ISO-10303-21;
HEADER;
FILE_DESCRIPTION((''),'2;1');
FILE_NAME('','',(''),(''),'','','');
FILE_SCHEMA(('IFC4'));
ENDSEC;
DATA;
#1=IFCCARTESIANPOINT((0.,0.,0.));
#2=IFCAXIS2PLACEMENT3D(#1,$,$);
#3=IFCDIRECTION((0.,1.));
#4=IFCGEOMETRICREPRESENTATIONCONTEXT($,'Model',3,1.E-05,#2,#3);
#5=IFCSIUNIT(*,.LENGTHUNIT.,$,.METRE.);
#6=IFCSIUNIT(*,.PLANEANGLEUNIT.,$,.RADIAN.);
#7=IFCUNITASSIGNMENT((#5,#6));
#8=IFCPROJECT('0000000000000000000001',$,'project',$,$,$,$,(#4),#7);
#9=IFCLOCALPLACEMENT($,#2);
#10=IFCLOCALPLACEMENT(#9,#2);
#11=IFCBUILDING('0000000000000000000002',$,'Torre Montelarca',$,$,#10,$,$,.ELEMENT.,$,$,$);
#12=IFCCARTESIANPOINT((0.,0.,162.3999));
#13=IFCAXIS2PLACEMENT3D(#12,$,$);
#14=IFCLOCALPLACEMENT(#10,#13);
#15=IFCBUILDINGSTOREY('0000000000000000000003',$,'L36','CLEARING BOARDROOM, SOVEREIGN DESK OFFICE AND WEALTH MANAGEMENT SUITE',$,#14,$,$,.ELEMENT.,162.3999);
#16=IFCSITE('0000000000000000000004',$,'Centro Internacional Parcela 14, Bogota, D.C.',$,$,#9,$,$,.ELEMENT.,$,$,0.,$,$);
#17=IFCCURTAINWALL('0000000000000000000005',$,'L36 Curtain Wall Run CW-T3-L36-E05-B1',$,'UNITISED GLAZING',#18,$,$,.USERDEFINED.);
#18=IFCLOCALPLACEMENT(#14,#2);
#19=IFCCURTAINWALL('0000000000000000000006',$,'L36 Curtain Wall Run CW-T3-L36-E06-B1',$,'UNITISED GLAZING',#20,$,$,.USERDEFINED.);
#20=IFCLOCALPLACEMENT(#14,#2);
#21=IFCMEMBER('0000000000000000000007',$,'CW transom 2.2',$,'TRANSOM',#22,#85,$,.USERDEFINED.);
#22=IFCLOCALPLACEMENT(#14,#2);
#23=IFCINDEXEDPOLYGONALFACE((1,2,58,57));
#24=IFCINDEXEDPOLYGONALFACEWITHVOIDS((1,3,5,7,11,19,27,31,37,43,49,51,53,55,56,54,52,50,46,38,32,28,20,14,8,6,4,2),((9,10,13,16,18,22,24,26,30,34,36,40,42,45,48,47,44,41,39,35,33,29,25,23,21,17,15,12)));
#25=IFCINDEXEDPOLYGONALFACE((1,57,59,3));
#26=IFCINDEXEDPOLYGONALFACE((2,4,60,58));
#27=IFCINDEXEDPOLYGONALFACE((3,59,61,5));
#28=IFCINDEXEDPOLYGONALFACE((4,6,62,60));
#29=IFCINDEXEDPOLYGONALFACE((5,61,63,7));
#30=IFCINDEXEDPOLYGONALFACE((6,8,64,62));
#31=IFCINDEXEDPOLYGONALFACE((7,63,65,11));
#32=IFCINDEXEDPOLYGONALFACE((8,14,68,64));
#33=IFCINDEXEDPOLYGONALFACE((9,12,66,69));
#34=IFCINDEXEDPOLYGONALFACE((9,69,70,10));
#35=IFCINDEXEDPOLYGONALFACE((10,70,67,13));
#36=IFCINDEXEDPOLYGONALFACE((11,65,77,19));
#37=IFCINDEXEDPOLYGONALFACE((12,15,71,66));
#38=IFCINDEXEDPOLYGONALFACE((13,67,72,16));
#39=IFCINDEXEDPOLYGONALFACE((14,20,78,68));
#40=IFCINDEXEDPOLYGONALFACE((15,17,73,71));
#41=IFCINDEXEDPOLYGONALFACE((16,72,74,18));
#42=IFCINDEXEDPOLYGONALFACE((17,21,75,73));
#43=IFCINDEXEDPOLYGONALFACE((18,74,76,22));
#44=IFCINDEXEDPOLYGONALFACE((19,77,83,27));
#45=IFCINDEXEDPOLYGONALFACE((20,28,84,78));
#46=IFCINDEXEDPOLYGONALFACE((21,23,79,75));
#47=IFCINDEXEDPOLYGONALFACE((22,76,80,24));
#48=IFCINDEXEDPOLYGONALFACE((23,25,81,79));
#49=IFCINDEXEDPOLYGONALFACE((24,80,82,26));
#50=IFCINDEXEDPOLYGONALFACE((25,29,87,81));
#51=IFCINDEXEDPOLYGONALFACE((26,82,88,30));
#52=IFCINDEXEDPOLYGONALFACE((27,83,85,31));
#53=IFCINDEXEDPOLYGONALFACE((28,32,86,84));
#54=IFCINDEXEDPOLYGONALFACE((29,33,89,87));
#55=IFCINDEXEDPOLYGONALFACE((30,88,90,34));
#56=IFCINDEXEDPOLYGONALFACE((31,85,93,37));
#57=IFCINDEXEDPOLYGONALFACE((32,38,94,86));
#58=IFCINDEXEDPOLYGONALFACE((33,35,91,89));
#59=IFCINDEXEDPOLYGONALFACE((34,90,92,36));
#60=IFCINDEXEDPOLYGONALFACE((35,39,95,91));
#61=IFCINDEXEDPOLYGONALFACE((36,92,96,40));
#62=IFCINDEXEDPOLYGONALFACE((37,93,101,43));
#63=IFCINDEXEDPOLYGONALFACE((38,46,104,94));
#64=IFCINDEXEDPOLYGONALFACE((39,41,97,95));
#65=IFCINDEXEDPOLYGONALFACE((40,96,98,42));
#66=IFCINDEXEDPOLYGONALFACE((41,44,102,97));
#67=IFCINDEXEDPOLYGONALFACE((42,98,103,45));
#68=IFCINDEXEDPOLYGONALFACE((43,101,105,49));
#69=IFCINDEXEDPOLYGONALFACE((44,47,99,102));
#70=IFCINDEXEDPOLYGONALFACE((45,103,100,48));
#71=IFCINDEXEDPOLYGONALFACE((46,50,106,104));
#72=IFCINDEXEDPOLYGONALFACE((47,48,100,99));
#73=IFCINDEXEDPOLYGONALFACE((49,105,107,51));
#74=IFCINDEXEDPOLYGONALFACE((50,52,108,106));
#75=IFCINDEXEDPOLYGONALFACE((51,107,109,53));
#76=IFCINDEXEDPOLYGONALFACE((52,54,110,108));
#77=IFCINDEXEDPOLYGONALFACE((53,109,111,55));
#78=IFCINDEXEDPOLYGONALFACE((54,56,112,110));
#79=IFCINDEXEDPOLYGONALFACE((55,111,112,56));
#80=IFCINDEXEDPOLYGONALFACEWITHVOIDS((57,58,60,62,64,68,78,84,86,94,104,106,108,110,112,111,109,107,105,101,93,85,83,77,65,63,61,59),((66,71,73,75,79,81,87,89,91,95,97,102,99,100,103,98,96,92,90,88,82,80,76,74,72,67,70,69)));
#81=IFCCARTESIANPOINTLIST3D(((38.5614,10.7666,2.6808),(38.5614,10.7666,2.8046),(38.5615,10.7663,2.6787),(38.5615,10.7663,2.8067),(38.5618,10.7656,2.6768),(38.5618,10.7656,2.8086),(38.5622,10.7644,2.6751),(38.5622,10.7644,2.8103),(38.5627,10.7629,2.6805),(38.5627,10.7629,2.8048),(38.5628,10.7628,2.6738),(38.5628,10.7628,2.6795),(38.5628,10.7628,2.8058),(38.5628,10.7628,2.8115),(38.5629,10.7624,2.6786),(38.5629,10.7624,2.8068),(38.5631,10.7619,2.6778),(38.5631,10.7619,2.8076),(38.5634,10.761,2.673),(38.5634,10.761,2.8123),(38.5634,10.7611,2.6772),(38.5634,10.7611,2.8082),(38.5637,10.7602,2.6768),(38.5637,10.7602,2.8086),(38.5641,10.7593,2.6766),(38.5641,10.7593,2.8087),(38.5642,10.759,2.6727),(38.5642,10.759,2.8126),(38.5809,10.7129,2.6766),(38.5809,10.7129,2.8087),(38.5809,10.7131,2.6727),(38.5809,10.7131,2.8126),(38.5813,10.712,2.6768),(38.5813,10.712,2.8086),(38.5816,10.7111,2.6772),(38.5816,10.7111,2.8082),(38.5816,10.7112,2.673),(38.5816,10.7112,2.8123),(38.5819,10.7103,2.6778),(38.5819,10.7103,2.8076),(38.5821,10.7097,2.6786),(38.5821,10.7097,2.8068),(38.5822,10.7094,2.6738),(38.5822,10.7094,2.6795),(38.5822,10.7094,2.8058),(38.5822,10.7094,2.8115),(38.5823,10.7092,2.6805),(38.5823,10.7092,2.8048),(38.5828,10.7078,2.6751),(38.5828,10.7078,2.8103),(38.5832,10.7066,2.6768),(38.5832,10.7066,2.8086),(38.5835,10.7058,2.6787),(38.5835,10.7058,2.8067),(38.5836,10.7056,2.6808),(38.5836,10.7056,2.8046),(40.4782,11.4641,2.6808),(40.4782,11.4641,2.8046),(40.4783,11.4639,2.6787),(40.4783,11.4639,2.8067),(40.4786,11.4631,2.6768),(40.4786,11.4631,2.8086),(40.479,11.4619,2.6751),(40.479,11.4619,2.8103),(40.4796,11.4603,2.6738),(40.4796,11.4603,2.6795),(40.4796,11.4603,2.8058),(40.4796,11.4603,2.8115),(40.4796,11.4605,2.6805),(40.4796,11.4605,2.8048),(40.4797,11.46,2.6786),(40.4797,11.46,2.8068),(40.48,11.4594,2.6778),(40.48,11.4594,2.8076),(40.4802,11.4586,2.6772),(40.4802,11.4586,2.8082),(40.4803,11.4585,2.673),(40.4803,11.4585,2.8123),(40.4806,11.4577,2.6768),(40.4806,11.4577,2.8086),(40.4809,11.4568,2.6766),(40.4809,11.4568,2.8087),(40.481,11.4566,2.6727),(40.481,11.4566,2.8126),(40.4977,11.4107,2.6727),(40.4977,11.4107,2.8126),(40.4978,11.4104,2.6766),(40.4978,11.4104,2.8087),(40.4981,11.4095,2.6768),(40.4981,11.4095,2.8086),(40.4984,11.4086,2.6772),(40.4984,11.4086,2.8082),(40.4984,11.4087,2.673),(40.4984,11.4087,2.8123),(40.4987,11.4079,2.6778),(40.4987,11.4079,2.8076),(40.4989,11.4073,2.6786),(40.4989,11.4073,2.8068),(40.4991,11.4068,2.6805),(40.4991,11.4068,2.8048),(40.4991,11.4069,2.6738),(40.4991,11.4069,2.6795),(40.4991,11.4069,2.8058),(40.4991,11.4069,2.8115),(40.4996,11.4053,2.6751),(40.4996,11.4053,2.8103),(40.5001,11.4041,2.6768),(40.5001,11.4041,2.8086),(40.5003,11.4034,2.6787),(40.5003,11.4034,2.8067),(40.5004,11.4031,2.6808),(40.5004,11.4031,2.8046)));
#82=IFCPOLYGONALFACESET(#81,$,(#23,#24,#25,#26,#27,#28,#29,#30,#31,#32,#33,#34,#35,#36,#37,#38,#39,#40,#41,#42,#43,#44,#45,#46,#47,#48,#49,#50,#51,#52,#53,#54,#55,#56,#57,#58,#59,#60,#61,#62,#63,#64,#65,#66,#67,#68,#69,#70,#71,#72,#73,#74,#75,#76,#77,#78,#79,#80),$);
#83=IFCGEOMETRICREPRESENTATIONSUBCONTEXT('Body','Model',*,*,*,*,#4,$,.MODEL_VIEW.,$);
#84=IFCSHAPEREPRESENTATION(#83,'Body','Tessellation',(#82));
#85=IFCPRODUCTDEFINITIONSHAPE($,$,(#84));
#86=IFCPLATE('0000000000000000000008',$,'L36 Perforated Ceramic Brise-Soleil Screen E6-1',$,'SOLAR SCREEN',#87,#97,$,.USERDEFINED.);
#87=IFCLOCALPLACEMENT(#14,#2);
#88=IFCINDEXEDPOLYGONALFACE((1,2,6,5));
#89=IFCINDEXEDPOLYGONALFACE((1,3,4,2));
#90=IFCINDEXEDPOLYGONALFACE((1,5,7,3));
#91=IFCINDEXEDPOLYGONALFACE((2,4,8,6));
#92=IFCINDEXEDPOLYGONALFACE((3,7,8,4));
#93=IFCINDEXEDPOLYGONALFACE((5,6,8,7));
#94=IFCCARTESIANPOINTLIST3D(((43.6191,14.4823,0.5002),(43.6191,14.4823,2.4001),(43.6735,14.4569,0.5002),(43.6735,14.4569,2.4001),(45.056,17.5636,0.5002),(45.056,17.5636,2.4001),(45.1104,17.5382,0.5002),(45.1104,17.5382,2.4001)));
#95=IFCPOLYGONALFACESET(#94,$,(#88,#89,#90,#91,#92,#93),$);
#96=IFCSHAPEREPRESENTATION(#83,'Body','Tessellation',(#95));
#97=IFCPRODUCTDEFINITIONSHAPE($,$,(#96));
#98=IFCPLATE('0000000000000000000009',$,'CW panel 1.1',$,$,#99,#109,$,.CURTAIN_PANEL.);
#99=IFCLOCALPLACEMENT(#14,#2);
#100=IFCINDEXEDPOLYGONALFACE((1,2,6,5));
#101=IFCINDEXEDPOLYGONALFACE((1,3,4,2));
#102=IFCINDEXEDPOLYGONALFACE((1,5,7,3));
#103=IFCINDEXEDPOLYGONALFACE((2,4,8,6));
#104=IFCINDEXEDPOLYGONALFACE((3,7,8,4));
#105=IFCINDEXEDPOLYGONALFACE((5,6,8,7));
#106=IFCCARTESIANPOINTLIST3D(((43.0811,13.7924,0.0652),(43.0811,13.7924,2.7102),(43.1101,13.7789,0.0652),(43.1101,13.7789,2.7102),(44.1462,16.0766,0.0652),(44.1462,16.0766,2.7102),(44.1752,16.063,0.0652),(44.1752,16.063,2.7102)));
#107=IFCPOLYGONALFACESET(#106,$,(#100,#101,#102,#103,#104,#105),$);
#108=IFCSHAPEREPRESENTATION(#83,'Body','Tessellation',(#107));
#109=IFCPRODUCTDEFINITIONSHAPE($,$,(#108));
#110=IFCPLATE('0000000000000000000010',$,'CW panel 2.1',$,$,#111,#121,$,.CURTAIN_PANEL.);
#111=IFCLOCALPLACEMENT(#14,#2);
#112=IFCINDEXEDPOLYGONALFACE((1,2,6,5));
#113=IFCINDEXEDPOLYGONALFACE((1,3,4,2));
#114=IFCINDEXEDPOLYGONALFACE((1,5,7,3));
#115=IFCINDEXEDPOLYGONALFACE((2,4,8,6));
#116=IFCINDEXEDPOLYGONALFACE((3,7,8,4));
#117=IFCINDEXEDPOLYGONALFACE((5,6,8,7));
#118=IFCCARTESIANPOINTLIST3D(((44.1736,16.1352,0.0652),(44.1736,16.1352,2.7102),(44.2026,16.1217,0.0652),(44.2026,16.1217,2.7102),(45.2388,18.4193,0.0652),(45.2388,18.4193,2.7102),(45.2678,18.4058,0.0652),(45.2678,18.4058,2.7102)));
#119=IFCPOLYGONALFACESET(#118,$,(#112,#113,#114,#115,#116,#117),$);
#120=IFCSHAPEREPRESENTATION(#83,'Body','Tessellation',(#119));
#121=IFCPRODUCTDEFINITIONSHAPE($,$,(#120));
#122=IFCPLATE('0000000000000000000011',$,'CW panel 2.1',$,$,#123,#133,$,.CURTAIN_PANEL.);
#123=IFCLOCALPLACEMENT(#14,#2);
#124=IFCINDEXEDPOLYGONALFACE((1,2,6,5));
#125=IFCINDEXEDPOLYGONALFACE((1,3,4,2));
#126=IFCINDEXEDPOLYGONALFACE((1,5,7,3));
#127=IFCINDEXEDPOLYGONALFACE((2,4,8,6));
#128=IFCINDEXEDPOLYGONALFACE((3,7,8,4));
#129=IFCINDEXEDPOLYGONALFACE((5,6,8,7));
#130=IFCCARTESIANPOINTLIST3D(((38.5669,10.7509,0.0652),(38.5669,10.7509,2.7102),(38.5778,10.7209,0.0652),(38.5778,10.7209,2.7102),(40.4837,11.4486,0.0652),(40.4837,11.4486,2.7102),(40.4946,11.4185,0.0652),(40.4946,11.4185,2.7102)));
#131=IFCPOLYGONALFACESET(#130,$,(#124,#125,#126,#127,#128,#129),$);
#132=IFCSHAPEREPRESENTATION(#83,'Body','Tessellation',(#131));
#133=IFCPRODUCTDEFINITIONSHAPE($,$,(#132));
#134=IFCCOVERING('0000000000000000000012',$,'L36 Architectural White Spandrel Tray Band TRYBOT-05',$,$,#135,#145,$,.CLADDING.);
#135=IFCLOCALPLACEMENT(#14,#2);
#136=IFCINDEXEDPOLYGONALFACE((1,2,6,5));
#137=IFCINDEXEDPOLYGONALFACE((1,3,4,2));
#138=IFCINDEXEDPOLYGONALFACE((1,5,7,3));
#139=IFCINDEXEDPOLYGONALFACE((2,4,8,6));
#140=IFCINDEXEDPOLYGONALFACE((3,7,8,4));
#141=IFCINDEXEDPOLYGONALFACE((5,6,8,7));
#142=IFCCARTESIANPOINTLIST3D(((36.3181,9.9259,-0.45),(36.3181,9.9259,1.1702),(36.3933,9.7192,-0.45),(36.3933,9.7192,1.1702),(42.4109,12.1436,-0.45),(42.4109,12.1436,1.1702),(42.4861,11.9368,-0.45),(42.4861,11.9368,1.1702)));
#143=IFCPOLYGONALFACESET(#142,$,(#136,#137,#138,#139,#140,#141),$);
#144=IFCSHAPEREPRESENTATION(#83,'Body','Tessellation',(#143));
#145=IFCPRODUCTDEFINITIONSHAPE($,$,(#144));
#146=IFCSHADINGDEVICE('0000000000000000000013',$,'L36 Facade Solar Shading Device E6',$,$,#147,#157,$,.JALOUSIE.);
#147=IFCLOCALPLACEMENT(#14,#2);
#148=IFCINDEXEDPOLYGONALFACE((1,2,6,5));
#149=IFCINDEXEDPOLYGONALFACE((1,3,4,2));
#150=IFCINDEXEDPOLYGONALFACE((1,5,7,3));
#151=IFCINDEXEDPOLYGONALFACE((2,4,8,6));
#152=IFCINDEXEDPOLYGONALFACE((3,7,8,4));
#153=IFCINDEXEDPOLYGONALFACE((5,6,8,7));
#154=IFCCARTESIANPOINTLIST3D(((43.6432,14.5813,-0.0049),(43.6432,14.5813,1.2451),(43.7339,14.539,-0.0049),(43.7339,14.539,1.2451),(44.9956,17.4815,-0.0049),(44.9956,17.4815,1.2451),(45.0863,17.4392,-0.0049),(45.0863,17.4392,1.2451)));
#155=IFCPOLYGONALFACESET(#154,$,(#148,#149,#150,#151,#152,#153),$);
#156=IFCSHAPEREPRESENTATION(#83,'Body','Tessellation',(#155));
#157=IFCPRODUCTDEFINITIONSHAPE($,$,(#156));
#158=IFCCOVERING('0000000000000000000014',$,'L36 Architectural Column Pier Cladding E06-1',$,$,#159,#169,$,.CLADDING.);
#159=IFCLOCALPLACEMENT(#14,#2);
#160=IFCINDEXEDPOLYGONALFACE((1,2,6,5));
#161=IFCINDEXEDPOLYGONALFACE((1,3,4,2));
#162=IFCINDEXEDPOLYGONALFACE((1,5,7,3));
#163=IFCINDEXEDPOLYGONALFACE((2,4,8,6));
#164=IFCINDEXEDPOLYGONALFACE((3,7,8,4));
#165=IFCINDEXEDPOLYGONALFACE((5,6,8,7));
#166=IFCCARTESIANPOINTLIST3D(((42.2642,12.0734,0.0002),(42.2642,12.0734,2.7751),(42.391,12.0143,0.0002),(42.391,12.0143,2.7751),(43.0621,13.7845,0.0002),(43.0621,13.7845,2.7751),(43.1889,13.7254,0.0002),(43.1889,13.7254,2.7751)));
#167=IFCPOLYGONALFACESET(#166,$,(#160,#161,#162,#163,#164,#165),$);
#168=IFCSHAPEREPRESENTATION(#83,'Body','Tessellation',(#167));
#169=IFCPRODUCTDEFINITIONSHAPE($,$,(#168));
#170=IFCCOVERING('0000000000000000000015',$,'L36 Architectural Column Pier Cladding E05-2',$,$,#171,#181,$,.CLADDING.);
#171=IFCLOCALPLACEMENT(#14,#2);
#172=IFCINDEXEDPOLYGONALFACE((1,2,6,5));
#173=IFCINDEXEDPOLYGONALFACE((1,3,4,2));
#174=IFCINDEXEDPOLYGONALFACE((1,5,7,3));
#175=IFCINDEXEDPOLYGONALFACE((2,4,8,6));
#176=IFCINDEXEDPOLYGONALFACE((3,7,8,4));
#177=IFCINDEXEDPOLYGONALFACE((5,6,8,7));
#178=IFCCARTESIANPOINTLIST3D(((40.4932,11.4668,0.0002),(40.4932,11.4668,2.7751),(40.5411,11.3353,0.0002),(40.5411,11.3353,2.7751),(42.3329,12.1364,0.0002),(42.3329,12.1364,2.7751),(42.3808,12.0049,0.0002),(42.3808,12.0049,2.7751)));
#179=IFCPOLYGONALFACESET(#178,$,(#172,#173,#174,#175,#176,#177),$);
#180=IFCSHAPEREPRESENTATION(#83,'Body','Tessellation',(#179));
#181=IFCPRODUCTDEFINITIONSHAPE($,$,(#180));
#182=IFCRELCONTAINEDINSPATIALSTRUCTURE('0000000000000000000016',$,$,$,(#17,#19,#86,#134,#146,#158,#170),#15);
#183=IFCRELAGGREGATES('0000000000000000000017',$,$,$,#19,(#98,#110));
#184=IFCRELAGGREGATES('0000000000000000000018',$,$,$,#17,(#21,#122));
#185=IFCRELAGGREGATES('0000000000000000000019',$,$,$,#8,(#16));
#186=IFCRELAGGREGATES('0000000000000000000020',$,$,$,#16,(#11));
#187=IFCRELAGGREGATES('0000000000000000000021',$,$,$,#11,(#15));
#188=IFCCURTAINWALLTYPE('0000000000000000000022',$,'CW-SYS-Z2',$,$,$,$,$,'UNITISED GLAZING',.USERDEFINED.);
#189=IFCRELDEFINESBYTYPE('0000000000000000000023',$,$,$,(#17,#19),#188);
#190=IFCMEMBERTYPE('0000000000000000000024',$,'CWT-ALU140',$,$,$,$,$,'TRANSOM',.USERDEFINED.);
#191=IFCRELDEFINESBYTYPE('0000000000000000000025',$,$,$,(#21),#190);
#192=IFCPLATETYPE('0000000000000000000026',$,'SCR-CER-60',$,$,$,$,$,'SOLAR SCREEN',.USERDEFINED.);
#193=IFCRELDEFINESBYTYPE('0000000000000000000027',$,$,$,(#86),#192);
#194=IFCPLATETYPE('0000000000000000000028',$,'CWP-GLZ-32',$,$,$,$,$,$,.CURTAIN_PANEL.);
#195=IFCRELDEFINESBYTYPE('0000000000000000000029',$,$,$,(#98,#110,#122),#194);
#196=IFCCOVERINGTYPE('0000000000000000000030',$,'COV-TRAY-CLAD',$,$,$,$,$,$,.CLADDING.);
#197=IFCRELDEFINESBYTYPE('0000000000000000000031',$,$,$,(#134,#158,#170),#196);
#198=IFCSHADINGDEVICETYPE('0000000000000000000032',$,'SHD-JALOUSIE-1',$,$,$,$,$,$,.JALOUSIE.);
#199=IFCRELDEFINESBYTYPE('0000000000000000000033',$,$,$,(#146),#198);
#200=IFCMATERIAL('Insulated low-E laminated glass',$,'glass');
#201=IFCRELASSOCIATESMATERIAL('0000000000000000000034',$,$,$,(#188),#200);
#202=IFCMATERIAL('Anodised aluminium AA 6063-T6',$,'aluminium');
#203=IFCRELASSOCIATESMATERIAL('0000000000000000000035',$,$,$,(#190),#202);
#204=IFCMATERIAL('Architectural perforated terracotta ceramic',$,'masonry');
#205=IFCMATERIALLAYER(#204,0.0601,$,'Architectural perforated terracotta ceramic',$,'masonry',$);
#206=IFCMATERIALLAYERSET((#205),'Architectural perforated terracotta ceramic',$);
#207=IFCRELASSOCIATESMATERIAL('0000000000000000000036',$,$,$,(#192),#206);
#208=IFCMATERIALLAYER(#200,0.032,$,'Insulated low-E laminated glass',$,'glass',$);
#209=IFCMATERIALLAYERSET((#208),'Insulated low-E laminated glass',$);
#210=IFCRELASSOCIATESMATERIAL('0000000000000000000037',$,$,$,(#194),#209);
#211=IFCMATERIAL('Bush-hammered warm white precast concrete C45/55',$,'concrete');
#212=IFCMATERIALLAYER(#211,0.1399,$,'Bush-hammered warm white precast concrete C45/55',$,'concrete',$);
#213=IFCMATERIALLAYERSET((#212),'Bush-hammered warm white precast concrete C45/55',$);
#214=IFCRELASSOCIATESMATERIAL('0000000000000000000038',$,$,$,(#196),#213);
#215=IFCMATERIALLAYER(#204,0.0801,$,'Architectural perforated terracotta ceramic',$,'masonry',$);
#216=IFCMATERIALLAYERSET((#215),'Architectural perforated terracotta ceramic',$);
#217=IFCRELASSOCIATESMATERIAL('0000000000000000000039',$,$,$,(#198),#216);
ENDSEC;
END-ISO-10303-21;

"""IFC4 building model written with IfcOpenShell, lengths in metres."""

from ifc_helpers import new_model, si_unit, direction, frame, origin, origin_2d, place, context, subcontext, project, spatial, rectangle, hollow_rectangle, extrude, source, transform, mapped, material, layer, layer_set, material_profile, profile_set, type_object, element, aggregate, save


model = new_model("IFC4")

# Units and contexts
model_context = context("Model", 3, precision=1e-05, world=origin(), true_north=direction((0.0, 1.0)))
body_context = subcontext(model_context, "Body", "Model", "MODEL_VIEW")
ifc_project = project(units=[si_unit("LENGTHUNIT", "METRE"), si_unit("PLANEANGLEUNIT", "RADIAN")], contexts=[model_context])

# Site, building, storey
site_placement = place(None, origin())
site = spatial("IfcSite", under=ifc_project, at=site_placement, Name="Centro Internacional Parcela 14, Bogota, D.C.", CompositionType="ELEMENT", RefElevation=0.0)
building_placement = place(site_placement, origin())
building = spatial("IfcBuilding", under=site, at=building_placement, Name="Torre Montelarca", CompositionType="ELEMENT")
storey_placement = place(building_placement, frame((0.0, 0.0, 162.3999)))
storey = spatial("IfcBuildingStorey", under=building, at=storey_placement, Name="L36", Description="CLEARING BOARDROOM, SOVEREIGN DESK OFFICE AND WEALTH MANAGEMENT SUITE", CompositionType="ELEMENT", Elevation=162.3999)

# Curtain walls
ifc_material_1 = material(Name="Insulated low-E laminated glass", Category="glass")
curtain_wall_type = type_object("IfcCurtainWallType", Name="CW-SYS-Z2", ElementType="UNITISED GLAZING", PredefinedType="USERDEFINED", material=ifc_material_1)
curtain_wall_1_placement = place(storey_placement, origin())
curtain_wall_1 = element("IfcCurtainWall", 1, at=curtain_wall_1_placement, inside=storey, type_object=curtain_wall_type, Name="L36 Curtain Wall Run CW-T3-L36-E05-B1", ObjectType="UNITISED GLAZING", PredefinedType="USERDEFINED")
ifc_material_2 = material(Name="Anodised aluminium AA 6063-T6", Category="aluminium")
curtain_wall_2_placement = place(storey_placement, origin())
curtain_wall_2 = element("IfcCurtainWall", 2, at=curtain_wall_2_placement, inside=storey, type_object=curtain_wall_type, Name="L36 Curtain Wall Run CW-T3-L36-E06-B1", ObjectType="UNITISED GLAZING", PredefinedType="USERDEFINED")

# Member
ifc_material_profile_1 = material_profile(ifc_material_2, hollow_rectangle(XDim=0.0649, YDim=0.1399, WallThickness=0.0039, InnerFilletRadius=0.0039, OuterFilletRadius=0.0081, at=origin_2d()), Name="ALU65X140X4", Category="aluminium")
ifc_profile_set_1 = profile_set([ifc_material_profile_1], Name="Anodised aluminium AA 6063-T6")
member_type_1 = type_object("IfcMemberType", Name="CWT-ALU140", ElementType="TRANSOM", PredefinedType="USERDEFINED", material=ifc_profile_set_1)
shared_shape_1 = source(origin(), body_context, "Body", "SweptSolid", [
    extrude(hollow_rectangle(XDim=0.0649, YDim=0.1399, WallThickness=0.0039, InnerFilletRadius=0.0039, OuterFilletRadius=0.0081, at=origin_2d()), origin(), (0.0, 0.0, 1.0), 2.0398),
])
member_1_placement = place(storey_placement, frame((38.5725, 10.7361, 2.7427), z_axis=(0.939713, 0.341964, 0.0), x_axis=(-0.341964, 0.939713, 0.0)))
member_1 = element("IfcMember", 3, at=member_1_placement, type_object=member_type_1, Name="CW transom 2.2", ObjectType="TRANSOM", PredefinedType="USERDEFINED", context=body_context, shape_type="MappedRepresentation", body=[
    mapped(shared_shape_1, transform((0.0, 0.0, 0.0), scale=1.0)),
])

# Plates
ifc_material_3 = material(Name="Architectural perforated terracotta ceramic", Category="masonry")
ifc_layer_1 = layer(ifc_material_3, 0.0601, Name="Architectural perforated terracotta ceramic", Category="masonry")
ifc_layer_set_1 = layer_set([ifc_layer_1], Name="Architectural perforated terracotta ceramic")
plate_type_1 = type_object("IfcPlateType", Name="SCR-CER-60", ElementType="SOLAR SCREEN", PredefinedType="USERDEFINED", material=ifc_layer_set_1)
shared_shape_2 = source(origin(), body_context, "Body", "SweptSolid", [
    extrude(rectangle(XDim=3.3999, YDim=0.0601, at=origin_2d()), origin(), (0.0, 0.0, 1.0), 1.8999),
])
plate_1_placement = place(storey_placement, frame((44.3647, 16.0103, 0.5002), z_axis=(0.0, 0.0, 1.0), x_axis=(0.422618, 0.906308, 0.0)))
element("IfcPlate", 4, at=plate_1_placement, inside=storey, type_object=plate_type_1, Name="L36 Perforated Ceramic Brise-Soleil Screen E6-1", ObjectType="SOLAR SCREEN", PredefinedType="USERDEFINED", context=body_context, shape_type="MappedRepresentation", body=[
    mapped(shared_shape_2, transform((0.0, 0.0, 0.0), scale=1.0)),
])
ifc_layer_2 = layer(ifc_material_1, 0.032, Name="Insulated low-E laminated glass", Category="glass")
ifc_layer_set_2 = layer_set([ifc_layer_2], Name="Insulated low-E laminated glass")
plate_type_2 = type_object("IfcPlateType", Name="CWP-GLZ-32", PredefinedType="CURTAIN_PANEL", material=ifc_layer_set_2)
shared_shape_3 = source(origin(), body_context, "Body", "SweptSolid", [
    extrude(rectangle(XDim=2.5203, YDim=0.032, at=origin_2d()), origin(), (0.0, 0.0, 1.0), 2.645),
])
plate_2_placement = place(storey_placement, frame((43.6282, 14.9277, 0.0652), z_axis=(0.0, 0.0, 1.0), x_axis=(0.422628, 0.906303, 0.0)))
plate_2 = element("IfcPlate", 5, at=plate_2_placement, type_object=plate_type_2, Name="CW panel 1.1", PredefinedType="CURTAIN_PANEL", context=body_context, shape_type="MappedRepresentation", body=[
    mapped(shared_shape_3, transform((0.0, 0.0, 0.0), scale=1.0)),
])
plate_3_placement = place(storey_placement, frame((44.7207, 17.2705, 0.0652), z_axis=(0.0, 0.0, 1.0), x_axis=(0.422628, 0.906303, 0.0)))
plate_3 = element("IfcPlate", 6, at=plate_3_placement, type_object=plate_type_2, Name="CW panel 2.1", PredefinedType="CURTAIN_PANEL", context=body_context, shape_type="MappedRepresentation", body=[
    mapped(shared_shape_3, transform((0.0, 0.0, 0.0), scale=1.0)),
])
aggregate(curtain_wall_2, [plate_2, plate_3])
shared_shape_4 = source(origin(), body_context, "Body", "SweptSolid", [
    extrude(rectangle(XDim=2.0398, YDim=0.032, at=origin_2d()), origin(), (0.0, 0.0, 1.0), 2.645),
])
plate_4_placement = place(storey_placement, frame((39.5308, 11.0847, 0.0652), z_axis=(0.0, 0.0, 1.0), x_axis=(0.939694, 0.342015, 0.0)))
plate_4 = element("IfcPlate", 7, at=plate_4_placement, type_object=plate_type_2, Name="CW panel 2.1", PredefinedType="CURTAIN_PANEL", context=body_context, shape_type="MappedRepresentation", body=[
    mapped(shared_shape_4, transform((0.0, 0.0, 0.0), scale=1.0)),
])
aggregate(curtain_wall_1, [member_1, plate_4])

# Covering
ifc_material_4 = material(Name="Bush-hammered warm white precast concrete C45/55", Category="concrete")
ifc_layer_3 = layer(ifc_material_4, 0.1399, Name="Bush-hammered warm white precast concrete C45/55", Category="concrete")
ifc_layer_set_3 = layer_set([ifc_layer_3], Name="Bush-hammered warm white precast concrete C45/55")
covering_type = type_object("IfcCoveringType", Name="COV-TRAY-CLAD", PredefinedType="CLADDING", material=ifc_layer_set_3)
shared_shape_5 = source(origin(), body_context, "Body", "SweptSolid", [
    extrude(rectangle(XDim=6.4839, YDim=0.22, at=origin_2d()), origin(), (0.0, 0.0, 1.0), 1.6201),
])
covering_1_placement = place(storey_placement, frame((39.4021, 10.9314, -0.45), z_axis=(0.0, 0.0, 1.0), x_axis=(0.939693, 0.342019, 0.0)))
element("IfcCovering", 8, at=covering_1_placement, inside=storey, type_object=covering_type, Name="L36 Architectural White Spandrel Tray Band TRYBOT-05", PredefinedType="CLADDING", context=body_context, shape_type="MappedRepresentation", body=[
    mapped(shared_shape_5, transform((0.0, 0.0, 0.0), scale=1.0)),
])

# Shading device
ifc_layer_4 = layer(ifc_material_3, 0.0801, Name="Architectural perforated terracotta ceramic", Category="masonry")
ifc_layer_set_4 = layer_set([ifc_layer_4], Name="Architectural perforated terracotta ceramic")
shading_device_type = type_object("IfcShadingDeviceType", Name="SHD-JALOUSIE-1", PredefinedType="JALOUSIE", material=ifc_layer_set_4)
shared_shape_6 = source(origin(), body_context, "Body", "SweptSolid", [
    extrude(rectangle(XDim=3.2, YDim=0.1001, at=origin_2d()), origin(), (0.0, 0.0, 1.0), 1.25),
])
shading_device_placement = place(storey_placement, frame((44.3647, 16.0103, -0.0049), z_axis=(0.0, 0.0, 1.0), x_axis=(0.422618, 0.906308, 0.0)))
element("IfcShadingDevice", 9, at=shading_device_placement, inside=storey, type_object=shading_device_type, Name="L36 Facade Solar Shading Device E6", PredefinedType="JALOUSIE", context=body_context, shape_type="MappedRepresentation", body=[
    mapped(shared_shape_6, transform((0.0, 0.0, 0.0), scale=1.0)),
])

# Coverings
shared_shape_7 = source(origin(), body_context, "Body", "SweptSolid", [
    extrude(rectangle(XDim=1.8879, YDim=0.1399, at=origin_2d()), origin(), (0.0, 0.0, 1.0), 2.7749),
])
covering_2_placement = place(storey_placement, frame((42.7266, 12.8994, 0.0002), z_axis=(0.0, 0.0, 1.0), x_axis=(0.422617, 0.906309, 0.0)))
element("IfcCovering", 10, at=covering_2_placement, inside=storey, type_object=covering_type, Name="L36 Architectural Column Pier Cladding E06-1", PredefinedType="CLADDING", context=body_context, shape_type="MappedRepresentation", body=[
    mapped(shared_shape_7, transform((0.0, 0.0, 0.0), scale=1.0)),
])
shared_shape_8 = source(origin(), body_context, "Body", "SweptSolid", [
    extrude(rectangle(XDim=1.9578, YDim=0.1399, at=origin_2d()), origin(), (0.0, 0.0, 1.0), 2.7749),
])
covering_3_placement = place(storey_placement, frame((41.437, 11.7358, 0.0002), z_axis=(0.0, 0.0, 1.0), x_axis=(0.939696, 0.342012, 0.0)))
element("IfcCovering", 11, at=covering_3_placement, inside=storey, type_object=covering_type, Name="L36 Architectural Column Pier Cladding E05-2", PredefinedType="CLADDING", context=body_context, shape_type="MappedRepresentation", body=[
    mapped(shared_shape_8, transform((0.0, 0.0, 0.0), scale=1.0)),
])

save(model, "model.ifc")
